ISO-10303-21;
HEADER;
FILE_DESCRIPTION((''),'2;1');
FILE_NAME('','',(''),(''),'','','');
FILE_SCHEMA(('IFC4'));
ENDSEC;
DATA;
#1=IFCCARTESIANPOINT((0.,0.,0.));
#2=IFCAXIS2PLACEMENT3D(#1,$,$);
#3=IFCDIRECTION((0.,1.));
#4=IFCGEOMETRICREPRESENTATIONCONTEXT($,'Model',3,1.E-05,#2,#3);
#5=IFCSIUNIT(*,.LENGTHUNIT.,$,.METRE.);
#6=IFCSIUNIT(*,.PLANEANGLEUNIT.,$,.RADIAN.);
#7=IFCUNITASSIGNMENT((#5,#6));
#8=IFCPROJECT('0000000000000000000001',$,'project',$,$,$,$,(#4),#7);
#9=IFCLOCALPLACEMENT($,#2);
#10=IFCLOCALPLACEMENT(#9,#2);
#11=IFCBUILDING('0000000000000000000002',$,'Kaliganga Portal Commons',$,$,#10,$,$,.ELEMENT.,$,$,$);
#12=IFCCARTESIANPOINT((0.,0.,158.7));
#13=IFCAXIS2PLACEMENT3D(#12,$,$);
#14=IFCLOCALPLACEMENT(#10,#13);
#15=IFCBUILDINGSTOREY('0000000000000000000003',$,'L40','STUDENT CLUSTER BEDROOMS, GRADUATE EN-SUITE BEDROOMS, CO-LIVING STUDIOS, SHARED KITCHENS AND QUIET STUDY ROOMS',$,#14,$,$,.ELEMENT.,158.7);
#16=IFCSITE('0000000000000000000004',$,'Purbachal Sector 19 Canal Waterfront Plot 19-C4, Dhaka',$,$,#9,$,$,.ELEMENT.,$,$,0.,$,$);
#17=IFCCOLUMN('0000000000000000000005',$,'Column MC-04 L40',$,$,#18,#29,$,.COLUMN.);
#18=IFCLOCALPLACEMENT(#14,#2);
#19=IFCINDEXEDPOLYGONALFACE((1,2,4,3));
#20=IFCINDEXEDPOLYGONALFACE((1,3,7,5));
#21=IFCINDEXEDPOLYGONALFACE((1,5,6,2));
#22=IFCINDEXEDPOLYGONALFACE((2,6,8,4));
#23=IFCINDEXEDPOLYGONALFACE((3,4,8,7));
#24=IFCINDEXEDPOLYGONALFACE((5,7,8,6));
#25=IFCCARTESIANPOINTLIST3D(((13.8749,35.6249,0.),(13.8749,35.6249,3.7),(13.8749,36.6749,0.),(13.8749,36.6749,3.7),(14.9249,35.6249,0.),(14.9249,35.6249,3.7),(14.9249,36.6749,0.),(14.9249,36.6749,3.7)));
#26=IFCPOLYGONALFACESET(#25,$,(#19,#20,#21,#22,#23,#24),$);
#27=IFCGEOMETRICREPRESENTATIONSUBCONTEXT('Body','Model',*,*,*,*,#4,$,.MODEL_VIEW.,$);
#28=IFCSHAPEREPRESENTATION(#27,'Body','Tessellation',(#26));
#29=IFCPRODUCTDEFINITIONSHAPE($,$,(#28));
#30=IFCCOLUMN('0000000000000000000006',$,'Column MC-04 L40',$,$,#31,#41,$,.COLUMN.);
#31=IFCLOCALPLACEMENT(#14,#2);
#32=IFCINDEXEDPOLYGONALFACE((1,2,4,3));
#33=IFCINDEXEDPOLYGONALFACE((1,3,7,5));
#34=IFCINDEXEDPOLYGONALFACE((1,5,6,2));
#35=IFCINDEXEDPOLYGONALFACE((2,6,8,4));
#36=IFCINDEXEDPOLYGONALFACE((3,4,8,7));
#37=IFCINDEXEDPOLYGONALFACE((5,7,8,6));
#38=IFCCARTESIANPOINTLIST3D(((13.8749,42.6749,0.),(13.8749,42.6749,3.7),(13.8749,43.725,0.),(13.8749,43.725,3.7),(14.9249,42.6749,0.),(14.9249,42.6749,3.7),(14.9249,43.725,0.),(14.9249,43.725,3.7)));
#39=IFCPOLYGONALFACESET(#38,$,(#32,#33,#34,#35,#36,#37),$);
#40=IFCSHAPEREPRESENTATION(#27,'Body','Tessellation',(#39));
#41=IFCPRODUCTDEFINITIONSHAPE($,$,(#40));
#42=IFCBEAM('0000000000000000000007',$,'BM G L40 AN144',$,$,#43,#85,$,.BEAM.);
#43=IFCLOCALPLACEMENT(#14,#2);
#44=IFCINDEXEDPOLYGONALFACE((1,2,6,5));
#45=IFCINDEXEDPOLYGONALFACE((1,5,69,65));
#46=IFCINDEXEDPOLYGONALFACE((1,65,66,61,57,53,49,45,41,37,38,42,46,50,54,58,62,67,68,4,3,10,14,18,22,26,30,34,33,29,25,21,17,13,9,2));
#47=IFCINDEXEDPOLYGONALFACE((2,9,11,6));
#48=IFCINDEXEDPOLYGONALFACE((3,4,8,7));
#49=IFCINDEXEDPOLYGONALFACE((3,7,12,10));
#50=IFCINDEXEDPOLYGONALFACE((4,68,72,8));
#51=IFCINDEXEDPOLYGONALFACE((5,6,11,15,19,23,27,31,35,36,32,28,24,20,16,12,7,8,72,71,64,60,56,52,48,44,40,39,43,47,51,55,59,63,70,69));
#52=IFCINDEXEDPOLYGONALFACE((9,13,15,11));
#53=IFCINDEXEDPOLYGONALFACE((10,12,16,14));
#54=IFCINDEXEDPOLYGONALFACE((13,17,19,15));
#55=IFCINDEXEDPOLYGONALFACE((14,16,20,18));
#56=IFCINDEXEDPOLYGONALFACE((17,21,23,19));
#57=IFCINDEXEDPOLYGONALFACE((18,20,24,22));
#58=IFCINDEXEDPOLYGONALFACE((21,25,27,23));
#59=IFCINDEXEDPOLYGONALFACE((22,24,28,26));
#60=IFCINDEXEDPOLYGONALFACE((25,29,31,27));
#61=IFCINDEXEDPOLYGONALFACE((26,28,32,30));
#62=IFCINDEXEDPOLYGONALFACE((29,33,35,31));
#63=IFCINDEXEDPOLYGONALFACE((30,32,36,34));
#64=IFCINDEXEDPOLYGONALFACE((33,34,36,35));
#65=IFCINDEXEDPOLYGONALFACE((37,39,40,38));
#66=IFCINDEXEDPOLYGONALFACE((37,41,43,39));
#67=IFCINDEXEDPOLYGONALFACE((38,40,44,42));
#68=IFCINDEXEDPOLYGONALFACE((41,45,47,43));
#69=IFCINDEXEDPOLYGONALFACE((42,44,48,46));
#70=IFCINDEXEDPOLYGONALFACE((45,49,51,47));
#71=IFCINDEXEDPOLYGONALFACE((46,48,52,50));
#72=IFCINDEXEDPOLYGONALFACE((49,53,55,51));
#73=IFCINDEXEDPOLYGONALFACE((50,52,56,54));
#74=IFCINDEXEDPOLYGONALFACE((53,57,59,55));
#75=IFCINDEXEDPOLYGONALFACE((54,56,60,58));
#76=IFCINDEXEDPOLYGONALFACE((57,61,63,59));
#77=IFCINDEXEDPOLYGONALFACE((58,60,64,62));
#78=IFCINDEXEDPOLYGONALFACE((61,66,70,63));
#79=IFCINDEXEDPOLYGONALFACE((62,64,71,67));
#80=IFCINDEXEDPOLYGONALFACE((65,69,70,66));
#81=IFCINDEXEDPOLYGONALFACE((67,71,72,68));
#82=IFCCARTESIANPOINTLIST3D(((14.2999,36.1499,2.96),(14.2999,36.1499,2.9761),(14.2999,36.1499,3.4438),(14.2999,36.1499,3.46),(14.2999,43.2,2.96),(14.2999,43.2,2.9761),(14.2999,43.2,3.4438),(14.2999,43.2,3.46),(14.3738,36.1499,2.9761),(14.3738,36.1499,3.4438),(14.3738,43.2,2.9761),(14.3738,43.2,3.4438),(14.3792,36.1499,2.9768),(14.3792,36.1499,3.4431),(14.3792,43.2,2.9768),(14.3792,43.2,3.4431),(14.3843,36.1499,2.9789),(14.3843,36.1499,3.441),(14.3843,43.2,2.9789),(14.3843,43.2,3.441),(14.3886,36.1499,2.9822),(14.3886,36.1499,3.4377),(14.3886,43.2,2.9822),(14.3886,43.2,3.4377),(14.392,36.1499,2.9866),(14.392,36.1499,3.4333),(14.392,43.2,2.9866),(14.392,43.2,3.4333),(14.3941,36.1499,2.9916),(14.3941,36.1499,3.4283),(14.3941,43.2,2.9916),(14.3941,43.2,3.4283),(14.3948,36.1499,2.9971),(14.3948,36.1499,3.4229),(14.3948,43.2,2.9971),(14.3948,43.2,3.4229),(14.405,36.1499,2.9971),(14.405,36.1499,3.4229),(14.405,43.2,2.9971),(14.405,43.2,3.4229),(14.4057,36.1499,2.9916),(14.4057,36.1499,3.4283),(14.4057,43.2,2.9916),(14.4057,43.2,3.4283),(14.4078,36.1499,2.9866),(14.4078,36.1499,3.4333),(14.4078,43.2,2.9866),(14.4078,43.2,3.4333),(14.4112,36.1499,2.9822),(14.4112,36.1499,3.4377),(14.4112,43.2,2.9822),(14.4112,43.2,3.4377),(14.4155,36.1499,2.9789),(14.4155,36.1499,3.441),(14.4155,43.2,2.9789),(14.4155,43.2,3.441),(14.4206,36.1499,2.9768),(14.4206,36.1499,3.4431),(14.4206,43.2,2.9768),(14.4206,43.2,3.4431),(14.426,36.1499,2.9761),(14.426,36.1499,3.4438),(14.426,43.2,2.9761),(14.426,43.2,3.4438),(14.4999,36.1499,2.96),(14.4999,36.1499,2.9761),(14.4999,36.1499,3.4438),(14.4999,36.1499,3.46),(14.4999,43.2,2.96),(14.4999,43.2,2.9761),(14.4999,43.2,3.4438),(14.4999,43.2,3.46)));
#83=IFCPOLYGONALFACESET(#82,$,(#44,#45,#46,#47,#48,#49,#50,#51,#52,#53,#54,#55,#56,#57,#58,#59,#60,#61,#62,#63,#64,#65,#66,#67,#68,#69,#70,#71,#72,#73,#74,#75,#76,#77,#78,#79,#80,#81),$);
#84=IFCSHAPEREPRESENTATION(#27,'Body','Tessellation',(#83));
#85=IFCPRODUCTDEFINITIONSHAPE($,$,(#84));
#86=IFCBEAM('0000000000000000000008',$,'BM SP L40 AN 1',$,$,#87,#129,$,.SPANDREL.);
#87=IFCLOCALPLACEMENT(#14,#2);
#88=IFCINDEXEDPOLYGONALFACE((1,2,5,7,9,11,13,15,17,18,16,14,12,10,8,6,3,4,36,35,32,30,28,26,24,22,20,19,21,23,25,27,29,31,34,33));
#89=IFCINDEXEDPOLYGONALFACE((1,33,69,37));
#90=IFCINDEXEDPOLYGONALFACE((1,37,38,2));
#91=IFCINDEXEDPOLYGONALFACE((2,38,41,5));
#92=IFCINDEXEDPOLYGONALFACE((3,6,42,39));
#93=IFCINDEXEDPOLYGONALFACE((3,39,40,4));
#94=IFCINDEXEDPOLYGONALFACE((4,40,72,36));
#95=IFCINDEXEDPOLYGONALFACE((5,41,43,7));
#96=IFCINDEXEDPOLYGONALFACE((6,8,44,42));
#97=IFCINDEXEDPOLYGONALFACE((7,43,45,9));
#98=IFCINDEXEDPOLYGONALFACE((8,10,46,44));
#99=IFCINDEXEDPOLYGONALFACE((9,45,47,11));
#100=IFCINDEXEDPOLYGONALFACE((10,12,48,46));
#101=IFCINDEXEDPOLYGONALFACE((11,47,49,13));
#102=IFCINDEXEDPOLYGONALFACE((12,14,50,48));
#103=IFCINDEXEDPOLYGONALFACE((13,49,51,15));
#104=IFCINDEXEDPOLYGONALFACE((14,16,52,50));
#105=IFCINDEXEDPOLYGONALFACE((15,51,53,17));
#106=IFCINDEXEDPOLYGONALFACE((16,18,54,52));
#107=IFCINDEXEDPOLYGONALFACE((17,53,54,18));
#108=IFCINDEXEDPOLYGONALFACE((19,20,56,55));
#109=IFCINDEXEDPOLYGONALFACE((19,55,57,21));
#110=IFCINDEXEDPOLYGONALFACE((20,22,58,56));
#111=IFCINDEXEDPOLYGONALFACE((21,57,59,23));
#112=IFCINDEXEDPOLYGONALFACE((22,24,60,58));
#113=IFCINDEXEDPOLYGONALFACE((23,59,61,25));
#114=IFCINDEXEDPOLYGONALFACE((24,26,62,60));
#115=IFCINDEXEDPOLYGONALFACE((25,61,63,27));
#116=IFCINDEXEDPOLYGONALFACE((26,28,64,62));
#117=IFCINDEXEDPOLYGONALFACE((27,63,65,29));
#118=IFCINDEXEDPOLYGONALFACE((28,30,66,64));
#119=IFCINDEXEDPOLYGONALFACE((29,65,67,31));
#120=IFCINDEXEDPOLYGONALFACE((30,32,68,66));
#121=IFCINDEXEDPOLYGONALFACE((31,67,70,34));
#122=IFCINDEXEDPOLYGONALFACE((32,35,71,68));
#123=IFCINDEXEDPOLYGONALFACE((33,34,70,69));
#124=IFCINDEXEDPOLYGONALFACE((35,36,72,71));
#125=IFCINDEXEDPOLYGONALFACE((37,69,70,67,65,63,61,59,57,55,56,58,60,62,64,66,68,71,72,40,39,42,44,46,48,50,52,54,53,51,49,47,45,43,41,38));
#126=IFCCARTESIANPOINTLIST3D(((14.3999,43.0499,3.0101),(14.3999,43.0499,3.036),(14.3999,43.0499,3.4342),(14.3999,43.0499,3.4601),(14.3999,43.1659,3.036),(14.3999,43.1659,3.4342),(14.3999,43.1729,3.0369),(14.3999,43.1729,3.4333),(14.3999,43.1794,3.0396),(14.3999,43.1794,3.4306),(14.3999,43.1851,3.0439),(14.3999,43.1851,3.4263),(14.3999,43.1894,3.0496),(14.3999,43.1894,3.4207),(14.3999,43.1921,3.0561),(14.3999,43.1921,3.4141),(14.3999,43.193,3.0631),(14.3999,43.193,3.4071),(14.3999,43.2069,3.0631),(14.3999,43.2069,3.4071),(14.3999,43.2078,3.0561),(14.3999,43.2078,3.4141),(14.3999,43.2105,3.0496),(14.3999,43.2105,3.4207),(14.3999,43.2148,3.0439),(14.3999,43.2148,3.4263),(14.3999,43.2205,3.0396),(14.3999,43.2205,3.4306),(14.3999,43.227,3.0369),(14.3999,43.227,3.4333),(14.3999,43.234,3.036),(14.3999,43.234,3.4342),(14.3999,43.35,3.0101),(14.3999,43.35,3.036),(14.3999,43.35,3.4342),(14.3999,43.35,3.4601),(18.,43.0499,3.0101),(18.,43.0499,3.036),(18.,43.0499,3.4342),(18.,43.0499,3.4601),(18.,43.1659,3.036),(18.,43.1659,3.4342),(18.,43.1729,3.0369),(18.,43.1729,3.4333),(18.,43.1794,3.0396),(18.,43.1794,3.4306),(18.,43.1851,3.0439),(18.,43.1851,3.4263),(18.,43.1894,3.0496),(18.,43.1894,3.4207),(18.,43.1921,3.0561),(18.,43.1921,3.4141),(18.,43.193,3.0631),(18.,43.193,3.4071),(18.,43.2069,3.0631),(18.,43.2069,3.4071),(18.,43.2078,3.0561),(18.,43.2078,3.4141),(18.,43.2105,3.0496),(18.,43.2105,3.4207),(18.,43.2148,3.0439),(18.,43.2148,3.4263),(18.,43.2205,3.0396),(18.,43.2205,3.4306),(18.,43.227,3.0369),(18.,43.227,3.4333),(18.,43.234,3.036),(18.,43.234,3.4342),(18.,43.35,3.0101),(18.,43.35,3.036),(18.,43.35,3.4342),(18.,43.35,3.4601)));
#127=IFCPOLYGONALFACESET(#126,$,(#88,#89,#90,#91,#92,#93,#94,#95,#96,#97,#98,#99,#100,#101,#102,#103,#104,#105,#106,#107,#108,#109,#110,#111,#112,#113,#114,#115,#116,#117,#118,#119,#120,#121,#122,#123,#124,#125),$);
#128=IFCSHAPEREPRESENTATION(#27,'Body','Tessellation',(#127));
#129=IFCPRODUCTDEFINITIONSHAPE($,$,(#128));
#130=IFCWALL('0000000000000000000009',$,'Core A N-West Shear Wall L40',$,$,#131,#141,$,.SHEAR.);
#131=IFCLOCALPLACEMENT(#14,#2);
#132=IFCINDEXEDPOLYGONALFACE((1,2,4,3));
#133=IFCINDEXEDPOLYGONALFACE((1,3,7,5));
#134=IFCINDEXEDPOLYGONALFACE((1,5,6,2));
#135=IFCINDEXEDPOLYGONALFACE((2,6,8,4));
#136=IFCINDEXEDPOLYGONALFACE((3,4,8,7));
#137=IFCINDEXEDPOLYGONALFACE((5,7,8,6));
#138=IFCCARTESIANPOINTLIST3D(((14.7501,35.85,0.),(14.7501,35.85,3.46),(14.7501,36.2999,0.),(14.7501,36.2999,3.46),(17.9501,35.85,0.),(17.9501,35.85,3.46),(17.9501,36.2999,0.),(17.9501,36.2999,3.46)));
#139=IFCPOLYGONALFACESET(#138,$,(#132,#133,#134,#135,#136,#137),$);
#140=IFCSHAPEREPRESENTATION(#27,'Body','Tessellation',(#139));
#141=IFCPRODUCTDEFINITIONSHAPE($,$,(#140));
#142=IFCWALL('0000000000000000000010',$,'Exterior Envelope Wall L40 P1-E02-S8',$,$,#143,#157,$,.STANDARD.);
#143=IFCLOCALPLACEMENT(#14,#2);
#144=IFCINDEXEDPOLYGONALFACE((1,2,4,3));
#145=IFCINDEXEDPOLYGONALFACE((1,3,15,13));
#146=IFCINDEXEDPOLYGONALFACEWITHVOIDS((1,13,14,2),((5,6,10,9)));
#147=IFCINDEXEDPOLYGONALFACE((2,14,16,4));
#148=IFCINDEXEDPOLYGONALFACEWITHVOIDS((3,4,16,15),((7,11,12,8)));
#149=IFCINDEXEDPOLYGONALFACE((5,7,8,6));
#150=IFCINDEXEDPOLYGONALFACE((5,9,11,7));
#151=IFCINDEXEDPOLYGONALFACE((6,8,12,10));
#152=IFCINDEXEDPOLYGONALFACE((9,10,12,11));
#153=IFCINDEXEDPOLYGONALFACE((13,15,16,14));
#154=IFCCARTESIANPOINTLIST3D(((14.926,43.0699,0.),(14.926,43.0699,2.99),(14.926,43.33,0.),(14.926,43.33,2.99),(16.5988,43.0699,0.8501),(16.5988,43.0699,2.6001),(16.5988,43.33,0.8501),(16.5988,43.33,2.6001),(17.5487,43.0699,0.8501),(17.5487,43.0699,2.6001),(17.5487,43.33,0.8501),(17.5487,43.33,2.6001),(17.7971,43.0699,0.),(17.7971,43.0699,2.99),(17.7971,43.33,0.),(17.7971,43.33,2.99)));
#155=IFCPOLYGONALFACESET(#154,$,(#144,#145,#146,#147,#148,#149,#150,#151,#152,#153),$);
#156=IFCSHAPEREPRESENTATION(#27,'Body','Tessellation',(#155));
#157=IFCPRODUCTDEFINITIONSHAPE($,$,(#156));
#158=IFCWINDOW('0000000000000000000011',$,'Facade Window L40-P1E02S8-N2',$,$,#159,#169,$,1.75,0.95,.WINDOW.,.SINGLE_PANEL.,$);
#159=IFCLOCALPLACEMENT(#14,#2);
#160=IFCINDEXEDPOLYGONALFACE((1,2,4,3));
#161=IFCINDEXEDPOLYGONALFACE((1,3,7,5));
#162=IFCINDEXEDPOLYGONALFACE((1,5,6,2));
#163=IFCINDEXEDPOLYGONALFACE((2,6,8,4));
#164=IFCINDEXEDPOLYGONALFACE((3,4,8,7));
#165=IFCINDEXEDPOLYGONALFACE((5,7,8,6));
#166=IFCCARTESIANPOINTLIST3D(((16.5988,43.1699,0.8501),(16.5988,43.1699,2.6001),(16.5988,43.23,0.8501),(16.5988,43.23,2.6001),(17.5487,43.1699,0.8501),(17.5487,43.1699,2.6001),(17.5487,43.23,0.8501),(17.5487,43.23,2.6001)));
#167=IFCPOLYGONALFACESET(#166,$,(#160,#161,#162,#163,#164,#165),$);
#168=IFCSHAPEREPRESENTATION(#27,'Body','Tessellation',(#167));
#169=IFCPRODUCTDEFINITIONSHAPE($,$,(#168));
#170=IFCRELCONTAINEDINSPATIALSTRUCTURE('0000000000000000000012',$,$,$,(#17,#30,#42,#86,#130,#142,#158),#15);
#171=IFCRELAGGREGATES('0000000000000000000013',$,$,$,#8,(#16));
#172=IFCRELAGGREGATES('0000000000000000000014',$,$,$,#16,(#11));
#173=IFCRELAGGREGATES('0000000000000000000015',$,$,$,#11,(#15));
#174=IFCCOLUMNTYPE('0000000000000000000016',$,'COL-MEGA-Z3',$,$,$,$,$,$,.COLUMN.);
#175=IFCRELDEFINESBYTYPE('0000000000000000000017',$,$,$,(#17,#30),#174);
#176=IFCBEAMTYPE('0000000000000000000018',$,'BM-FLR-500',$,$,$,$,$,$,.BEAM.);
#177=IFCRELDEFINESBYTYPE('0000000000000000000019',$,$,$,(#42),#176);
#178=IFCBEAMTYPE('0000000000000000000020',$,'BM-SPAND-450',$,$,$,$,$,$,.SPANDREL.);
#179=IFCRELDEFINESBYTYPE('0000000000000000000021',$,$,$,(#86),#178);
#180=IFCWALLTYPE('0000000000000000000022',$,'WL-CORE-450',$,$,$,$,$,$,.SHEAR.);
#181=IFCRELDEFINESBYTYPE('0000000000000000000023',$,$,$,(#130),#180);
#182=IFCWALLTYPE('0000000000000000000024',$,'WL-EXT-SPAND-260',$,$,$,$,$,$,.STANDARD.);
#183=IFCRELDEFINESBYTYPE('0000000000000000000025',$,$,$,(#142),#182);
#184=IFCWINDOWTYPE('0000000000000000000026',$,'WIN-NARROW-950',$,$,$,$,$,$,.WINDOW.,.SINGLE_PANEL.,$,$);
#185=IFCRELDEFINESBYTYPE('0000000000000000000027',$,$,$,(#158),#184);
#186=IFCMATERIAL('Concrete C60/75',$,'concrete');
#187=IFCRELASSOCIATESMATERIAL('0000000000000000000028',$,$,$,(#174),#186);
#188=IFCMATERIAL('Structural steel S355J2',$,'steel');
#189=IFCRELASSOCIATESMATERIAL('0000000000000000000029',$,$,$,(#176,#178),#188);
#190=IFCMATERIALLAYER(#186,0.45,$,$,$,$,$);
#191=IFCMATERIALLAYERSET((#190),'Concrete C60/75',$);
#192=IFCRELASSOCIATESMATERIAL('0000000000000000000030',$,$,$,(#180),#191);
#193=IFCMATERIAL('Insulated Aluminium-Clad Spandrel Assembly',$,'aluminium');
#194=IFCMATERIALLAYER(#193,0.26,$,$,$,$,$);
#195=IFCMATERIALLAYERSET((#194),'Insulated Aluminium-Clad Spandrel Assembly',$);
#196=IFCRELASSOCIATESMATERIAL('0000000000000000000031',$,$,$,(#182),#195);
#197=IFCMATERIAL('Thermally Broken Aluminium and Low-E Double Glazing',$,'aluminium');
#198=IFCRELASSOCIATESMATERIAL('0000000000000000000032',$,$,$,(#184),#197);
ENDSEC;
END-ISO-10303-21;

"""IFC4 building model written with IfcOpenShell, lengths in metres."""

from ifc_helpers import new_model, si_unit, direction, frame, frame_2d, origin, origin_2d, place, context, subcontext, project, spatial, rectangle, i_section, extrude, source, transform, mapped, material, layer, layer_set, material_profile, profile_set, type_object, element, fill, save


model = new_model("IFC4")

# Units and contexts
model_context = context("Model", 3, precision=1e-05, world=origin(), true_north=direction((0.0, 1.0)))
body_context = subcontext(model_context, "Body", "Model", "MODEL_VIEW")
ifc_project = project(units=[si_unit("LENGTHUNIT", "METRE"), si_unit("PLANEANGLEUNIT", "RADIAN")], contexts=[model_context])

# Site, building, storey
site_placement = place(None, origin())
site = spatial("IfcSite", under=ifc_project, at=site_placement, Name="Purbachal Sector 19 Canal Waterfront Plot 19-C4, Dhaka", CompositionType="ELEMENT", RefElevation=0.0)
building_placement = place(site_placement, origin())
building = spatial("IfcBuilding", under=site, at=building_placement, Name="Kaliganga Portal Commons", CompositionType="ELEMENT")
storey_placement = place(building_placement, frame((0.0, 0.0, 158.7)))
storey = spatial("IfcBuildingStorey", under=building, at=storey_placement, Name="L40", Description="STUDENT CLUSTER BEDROOMS, GRADUATE EN-SUITE BEDROOMS, CO-LIVING STUDIOS, SHARED KITCHENS AND QUIET STUDY ROOMS", CompositionType="ELEMENT", Elevation=158.7)

# Columns
ifc_material_1 = material(Name="Concrete C60/75", Category="concrete")
ifc_material_profile_1 = material_profile(ifc_material_1, rectangle(XDim=1.05, YDim=1.05, at=origin_2d()), Name="RC 1050x1050")
ifc_profile_set_1 = profile_set([ifc_material_profile_1], Name="Concrete C60/75")
column_type = type_object("IfcColumnType", Name="COL-MEGA-Z3", PredefinedType="COLUMN", material=ifc_profile_set_1)
shared_shape_1 = source(origin(), body_context, "Body", "SweptSolid", [
    extrude(rectangle(XDim=1.05, YDim=1.05, at=origin_2d()), origin(), (0.0, 0.0, 1.0), 3.7),
])
for number, where, z_axis, x_axis, name in (
    (1, (14.3999, 36.1499, 0.0), (0.0, 0.0, 1.0), (1.0, 0.0, 0.0), "Column MC-04 L40"),
    (2, (14.3999, 43.2, 0.0), (0.0, 0.0, 1.0), (1.0, 0.0, 0.0), "Column MC-04 L40"),
):
    element("IfcColumn", number, at=place(storey_placement, frame(where, z_axis=z_axis, x_axis=x_axis)), inside=storey, type_object=column_type, Name=name, PredefinedType="COLUMN", context=body_context, shape_type="MappedRepresentation", body=[
        mapped(shared_shape_1, transform((0.0, 0.0, 0.0), x_axis=(1.0, 0.0, 0.0), y_axis=(0.0, 1.0, 0.0), z_axis=(0.0, 0.0, 1.0), scale=1.0)),
    ])

# Beams
ifc_material_2 = material(Name="Structural steel S355J2", Category="steel")
ifc_material_profile_2 = material_profile(ifc_material_2, i_section(OverallWidth=0.2, OverallDepth=0.5, WebThickness=0.0103, FlangeThickness=0.0161, FilletRadius=0.021, at=origin_2d()), Name="IPE 500")
ifc_profile_set_2 = profile_set([ifc_material_profile_2], Name="Structural steel S355J2 wide-flange")
beam_type_1 = type_object("IfcBeamType", Name="BM-FLR-500", PredefinedType="BEAM", material=ifc_profile_set_2)
shared_shape_2 = source(origin(), body_context, "Body", "SweptSolid", [
    extrude(i_section(OverallWidth=0.2, OverallDepth=0.5, WebThickness=0.0103, FlangeThickness=0.0161, FilletRadius=0.021, at=origin_2d()), origin(), (0.0, 0.0, 1.0), 7.05),
])
beam_1_placement = place(storey_placement, frame((14.3999, 36.1499, 3.21), z_axis=(0.0, 1.0, 0.0), x_axis=(-1.0, 0.0, 0.0)))
element("IfcBeam", 3, at=beam_1_placement, inside=storey, type_object=beam_type_1, Name="BM G L40 AN144", PredefinedType="BEAM", context=body_context, shape_type="MappedRepresentation", body=[
    mapped(shared_shape_2, transform((0.0, 0.0, 0.0), x_axis=(1.0, 0.0, 0.0), y_axis=(0.0, 1.0, 0.0), z_axis=(0.0, 0.0, 1.0), scale=1.0)),
])
ifc_material_profile_3 = material_profile(ifc_material_2, i_section(OverallWidth=0.3, OverallDepth=0.45, WebThickness=0.0139, FlangeThickness=0.0259, FilletRadius=0.0271, at=origin_2d()), Name="HE 450 B")
ifc_profile_set_3 = profile_set([ifc_material_profile_3], Name="Structural steel S355J2 wide-flange")
beam_type_2 = type_object("IfcBeamType", Name="BM-SPAND-450", PredefinedType="SPANDREL", material=ifc_profile_set_3)
shared_shape_3 = source(origin(), body_context, "Body", "SweptSolid", [
    extrude(i_section(OverallWidth=0.3, OverallDepth=0.45, WebThickness=0.0139, FlangeThickness=0.0259, FilletRadius=0.0271, at=origin_2d()), origin(), (0.0, 0.0, 1.0), 3.6001),
])
beam_2_placement = place(storey_placement, frame((14.3999, 43.2, 3.2351), z_axis=(1.0, 0.0, 0.0), x_axis=(0.0, 1.0, 0.0)))
element("IfcBeam", 4, at=beam_2_placement, inside=storey, type_object=beam_type_2, Name="BM SP L40 AN 1", PredefinedType="SPANDREL", context=body_context, shape_type="MappedRepresentation", body=[
    mapped(shared_shape_3, transform((0.0, 0.0, 0.0), x_axis=(1.0, 0.0, 0.0), y_axis=(0.0, 1.0, 0.0), z_axis=(0.0, 0.0, 1.0), scale=1.0)),
])

# Wall
ifc_layer_1 = layer(ifc_material_1, 0.45)
ifc_layer_set_1 = layer_set([ifc_layer_1], Name="Concrete C60/75")
wall_type_1 = type_object("IfcWallType", Name="WL-CORE-450", PredefinedType="SHEAR", material=ifc_layer_set_1)
wall_1_placement = place(storey_placement, frame((14.75, 36.075, 0.0), z_axis=(0.0, 0.0, 1.0), x_axis=(1.0, 0.0, 0.0)))
element("IfcWall", 5, at=wall_1_placement, inside=storey, type_object=wall_type_1, Name="Core A N-West Shear Wall L40", PredefinedType="SHEAR", context=body_context, shape_type="SweptSolid", body=[
    extrude(rectangle(XDim=3.2, YDim=0.45, at=frame_2d((1.6001, 0.0))), origin(), (0.0, 0.0, 1.0), 3.46),
])

# Wall, opening, window
ifc_material_3 = material(Name="Insulated Aluminium-Clad Spandrel Assembly", Category="aluminium")
ifc_layer_2 = layer(ifc_material_3, 0.26)
ifc_layer_set_2 = layer_set([ifc_layer_2], Name="Insulated Aluminium-Clad Spandrel Assembly")
wall_type_2 = type_object("IfcWallType", Name="WL-EXT-SPAND-260", PredefinedType="STANDARD", material=ifc_layer_set_2)
wall_2_placement = place(storey_placement, frame((14.926, 43.2, 0.0), z_axis=(0.0, 0.0, 1.0), x_axis=(1.0, 0.0, 0.0)))
wall_2 = element("IfcWall", 6, at=wall_2_placement, inside=storey, type_object=wall_type_2, Name="Exterior Envelope Wall L40 P1-E02-S8", PredefinedType="STANDARD", context=body_context, shape_type="SweptSolid", body=[
    extrude(rectangle(XDim=2.8711, YDim=0.26, at=frame_2d((1.4355, 0.0))), origin(), (0.0, 0.0, 1.0), 2.99),
])
opening_1_placement = place(wall_2_placement, frame((1.6726, 0.0, 0.8501)))
opening_1 = element("IfcOpeningElement", 7, at=opening_1_placement, cuts=wall_2, PredefinedType="OPENING", context=body_context, shape_type="SweptSolid", body=[
    extrude(rectangle(XDim=0.95, YDim=1.75, at=frame_2d((0.4751, 0.875))), frame((0.0, 0.1401, 0.0), z_axis=(0.0, -1.0, 0.0), x_axis=(1.0, 0.0, 0.0)), (0.0, 0.0, 1.0), 0.28),
])
ifc_material_4 = material(Name="Thermally Broken Aluminium and Low-E Double Glazing", Category="aluminium")
window_type = type_object("IfcWindowType", Name="WIN-NARROW-950", PartitioningType="SINGLE_PANEL", PredefinedType="WINDOW", material=ifc_material_4)
window_placement = place(opening_1_placement, origin())
window = element("IfcWindow", 8, at=window_placement, inside=storey, type_object=window_type, Name="Facade Window L40-P1E02S8-N2", OverallHeight=1.75, OverallWidth=0.95, PartitioningType="SINGLE_PANEL", PredefinedType="WINDOW", context=body_context, shape_type="SweptSolid", body=[
    extrude(rectangle(XDim=0.95, YDim=1.75, at=frame_2d((0.4751, 0.875))), frame((0.0, 0.03, 0.0), z_axis=(0.0, -1.0, 0.0), x_axis=(1.0, 0.0, 0.0)), (0.0, 0.0, 1.0), 0.0601),
])
fill(opening_1, window)

save(model, "model.ifc")
